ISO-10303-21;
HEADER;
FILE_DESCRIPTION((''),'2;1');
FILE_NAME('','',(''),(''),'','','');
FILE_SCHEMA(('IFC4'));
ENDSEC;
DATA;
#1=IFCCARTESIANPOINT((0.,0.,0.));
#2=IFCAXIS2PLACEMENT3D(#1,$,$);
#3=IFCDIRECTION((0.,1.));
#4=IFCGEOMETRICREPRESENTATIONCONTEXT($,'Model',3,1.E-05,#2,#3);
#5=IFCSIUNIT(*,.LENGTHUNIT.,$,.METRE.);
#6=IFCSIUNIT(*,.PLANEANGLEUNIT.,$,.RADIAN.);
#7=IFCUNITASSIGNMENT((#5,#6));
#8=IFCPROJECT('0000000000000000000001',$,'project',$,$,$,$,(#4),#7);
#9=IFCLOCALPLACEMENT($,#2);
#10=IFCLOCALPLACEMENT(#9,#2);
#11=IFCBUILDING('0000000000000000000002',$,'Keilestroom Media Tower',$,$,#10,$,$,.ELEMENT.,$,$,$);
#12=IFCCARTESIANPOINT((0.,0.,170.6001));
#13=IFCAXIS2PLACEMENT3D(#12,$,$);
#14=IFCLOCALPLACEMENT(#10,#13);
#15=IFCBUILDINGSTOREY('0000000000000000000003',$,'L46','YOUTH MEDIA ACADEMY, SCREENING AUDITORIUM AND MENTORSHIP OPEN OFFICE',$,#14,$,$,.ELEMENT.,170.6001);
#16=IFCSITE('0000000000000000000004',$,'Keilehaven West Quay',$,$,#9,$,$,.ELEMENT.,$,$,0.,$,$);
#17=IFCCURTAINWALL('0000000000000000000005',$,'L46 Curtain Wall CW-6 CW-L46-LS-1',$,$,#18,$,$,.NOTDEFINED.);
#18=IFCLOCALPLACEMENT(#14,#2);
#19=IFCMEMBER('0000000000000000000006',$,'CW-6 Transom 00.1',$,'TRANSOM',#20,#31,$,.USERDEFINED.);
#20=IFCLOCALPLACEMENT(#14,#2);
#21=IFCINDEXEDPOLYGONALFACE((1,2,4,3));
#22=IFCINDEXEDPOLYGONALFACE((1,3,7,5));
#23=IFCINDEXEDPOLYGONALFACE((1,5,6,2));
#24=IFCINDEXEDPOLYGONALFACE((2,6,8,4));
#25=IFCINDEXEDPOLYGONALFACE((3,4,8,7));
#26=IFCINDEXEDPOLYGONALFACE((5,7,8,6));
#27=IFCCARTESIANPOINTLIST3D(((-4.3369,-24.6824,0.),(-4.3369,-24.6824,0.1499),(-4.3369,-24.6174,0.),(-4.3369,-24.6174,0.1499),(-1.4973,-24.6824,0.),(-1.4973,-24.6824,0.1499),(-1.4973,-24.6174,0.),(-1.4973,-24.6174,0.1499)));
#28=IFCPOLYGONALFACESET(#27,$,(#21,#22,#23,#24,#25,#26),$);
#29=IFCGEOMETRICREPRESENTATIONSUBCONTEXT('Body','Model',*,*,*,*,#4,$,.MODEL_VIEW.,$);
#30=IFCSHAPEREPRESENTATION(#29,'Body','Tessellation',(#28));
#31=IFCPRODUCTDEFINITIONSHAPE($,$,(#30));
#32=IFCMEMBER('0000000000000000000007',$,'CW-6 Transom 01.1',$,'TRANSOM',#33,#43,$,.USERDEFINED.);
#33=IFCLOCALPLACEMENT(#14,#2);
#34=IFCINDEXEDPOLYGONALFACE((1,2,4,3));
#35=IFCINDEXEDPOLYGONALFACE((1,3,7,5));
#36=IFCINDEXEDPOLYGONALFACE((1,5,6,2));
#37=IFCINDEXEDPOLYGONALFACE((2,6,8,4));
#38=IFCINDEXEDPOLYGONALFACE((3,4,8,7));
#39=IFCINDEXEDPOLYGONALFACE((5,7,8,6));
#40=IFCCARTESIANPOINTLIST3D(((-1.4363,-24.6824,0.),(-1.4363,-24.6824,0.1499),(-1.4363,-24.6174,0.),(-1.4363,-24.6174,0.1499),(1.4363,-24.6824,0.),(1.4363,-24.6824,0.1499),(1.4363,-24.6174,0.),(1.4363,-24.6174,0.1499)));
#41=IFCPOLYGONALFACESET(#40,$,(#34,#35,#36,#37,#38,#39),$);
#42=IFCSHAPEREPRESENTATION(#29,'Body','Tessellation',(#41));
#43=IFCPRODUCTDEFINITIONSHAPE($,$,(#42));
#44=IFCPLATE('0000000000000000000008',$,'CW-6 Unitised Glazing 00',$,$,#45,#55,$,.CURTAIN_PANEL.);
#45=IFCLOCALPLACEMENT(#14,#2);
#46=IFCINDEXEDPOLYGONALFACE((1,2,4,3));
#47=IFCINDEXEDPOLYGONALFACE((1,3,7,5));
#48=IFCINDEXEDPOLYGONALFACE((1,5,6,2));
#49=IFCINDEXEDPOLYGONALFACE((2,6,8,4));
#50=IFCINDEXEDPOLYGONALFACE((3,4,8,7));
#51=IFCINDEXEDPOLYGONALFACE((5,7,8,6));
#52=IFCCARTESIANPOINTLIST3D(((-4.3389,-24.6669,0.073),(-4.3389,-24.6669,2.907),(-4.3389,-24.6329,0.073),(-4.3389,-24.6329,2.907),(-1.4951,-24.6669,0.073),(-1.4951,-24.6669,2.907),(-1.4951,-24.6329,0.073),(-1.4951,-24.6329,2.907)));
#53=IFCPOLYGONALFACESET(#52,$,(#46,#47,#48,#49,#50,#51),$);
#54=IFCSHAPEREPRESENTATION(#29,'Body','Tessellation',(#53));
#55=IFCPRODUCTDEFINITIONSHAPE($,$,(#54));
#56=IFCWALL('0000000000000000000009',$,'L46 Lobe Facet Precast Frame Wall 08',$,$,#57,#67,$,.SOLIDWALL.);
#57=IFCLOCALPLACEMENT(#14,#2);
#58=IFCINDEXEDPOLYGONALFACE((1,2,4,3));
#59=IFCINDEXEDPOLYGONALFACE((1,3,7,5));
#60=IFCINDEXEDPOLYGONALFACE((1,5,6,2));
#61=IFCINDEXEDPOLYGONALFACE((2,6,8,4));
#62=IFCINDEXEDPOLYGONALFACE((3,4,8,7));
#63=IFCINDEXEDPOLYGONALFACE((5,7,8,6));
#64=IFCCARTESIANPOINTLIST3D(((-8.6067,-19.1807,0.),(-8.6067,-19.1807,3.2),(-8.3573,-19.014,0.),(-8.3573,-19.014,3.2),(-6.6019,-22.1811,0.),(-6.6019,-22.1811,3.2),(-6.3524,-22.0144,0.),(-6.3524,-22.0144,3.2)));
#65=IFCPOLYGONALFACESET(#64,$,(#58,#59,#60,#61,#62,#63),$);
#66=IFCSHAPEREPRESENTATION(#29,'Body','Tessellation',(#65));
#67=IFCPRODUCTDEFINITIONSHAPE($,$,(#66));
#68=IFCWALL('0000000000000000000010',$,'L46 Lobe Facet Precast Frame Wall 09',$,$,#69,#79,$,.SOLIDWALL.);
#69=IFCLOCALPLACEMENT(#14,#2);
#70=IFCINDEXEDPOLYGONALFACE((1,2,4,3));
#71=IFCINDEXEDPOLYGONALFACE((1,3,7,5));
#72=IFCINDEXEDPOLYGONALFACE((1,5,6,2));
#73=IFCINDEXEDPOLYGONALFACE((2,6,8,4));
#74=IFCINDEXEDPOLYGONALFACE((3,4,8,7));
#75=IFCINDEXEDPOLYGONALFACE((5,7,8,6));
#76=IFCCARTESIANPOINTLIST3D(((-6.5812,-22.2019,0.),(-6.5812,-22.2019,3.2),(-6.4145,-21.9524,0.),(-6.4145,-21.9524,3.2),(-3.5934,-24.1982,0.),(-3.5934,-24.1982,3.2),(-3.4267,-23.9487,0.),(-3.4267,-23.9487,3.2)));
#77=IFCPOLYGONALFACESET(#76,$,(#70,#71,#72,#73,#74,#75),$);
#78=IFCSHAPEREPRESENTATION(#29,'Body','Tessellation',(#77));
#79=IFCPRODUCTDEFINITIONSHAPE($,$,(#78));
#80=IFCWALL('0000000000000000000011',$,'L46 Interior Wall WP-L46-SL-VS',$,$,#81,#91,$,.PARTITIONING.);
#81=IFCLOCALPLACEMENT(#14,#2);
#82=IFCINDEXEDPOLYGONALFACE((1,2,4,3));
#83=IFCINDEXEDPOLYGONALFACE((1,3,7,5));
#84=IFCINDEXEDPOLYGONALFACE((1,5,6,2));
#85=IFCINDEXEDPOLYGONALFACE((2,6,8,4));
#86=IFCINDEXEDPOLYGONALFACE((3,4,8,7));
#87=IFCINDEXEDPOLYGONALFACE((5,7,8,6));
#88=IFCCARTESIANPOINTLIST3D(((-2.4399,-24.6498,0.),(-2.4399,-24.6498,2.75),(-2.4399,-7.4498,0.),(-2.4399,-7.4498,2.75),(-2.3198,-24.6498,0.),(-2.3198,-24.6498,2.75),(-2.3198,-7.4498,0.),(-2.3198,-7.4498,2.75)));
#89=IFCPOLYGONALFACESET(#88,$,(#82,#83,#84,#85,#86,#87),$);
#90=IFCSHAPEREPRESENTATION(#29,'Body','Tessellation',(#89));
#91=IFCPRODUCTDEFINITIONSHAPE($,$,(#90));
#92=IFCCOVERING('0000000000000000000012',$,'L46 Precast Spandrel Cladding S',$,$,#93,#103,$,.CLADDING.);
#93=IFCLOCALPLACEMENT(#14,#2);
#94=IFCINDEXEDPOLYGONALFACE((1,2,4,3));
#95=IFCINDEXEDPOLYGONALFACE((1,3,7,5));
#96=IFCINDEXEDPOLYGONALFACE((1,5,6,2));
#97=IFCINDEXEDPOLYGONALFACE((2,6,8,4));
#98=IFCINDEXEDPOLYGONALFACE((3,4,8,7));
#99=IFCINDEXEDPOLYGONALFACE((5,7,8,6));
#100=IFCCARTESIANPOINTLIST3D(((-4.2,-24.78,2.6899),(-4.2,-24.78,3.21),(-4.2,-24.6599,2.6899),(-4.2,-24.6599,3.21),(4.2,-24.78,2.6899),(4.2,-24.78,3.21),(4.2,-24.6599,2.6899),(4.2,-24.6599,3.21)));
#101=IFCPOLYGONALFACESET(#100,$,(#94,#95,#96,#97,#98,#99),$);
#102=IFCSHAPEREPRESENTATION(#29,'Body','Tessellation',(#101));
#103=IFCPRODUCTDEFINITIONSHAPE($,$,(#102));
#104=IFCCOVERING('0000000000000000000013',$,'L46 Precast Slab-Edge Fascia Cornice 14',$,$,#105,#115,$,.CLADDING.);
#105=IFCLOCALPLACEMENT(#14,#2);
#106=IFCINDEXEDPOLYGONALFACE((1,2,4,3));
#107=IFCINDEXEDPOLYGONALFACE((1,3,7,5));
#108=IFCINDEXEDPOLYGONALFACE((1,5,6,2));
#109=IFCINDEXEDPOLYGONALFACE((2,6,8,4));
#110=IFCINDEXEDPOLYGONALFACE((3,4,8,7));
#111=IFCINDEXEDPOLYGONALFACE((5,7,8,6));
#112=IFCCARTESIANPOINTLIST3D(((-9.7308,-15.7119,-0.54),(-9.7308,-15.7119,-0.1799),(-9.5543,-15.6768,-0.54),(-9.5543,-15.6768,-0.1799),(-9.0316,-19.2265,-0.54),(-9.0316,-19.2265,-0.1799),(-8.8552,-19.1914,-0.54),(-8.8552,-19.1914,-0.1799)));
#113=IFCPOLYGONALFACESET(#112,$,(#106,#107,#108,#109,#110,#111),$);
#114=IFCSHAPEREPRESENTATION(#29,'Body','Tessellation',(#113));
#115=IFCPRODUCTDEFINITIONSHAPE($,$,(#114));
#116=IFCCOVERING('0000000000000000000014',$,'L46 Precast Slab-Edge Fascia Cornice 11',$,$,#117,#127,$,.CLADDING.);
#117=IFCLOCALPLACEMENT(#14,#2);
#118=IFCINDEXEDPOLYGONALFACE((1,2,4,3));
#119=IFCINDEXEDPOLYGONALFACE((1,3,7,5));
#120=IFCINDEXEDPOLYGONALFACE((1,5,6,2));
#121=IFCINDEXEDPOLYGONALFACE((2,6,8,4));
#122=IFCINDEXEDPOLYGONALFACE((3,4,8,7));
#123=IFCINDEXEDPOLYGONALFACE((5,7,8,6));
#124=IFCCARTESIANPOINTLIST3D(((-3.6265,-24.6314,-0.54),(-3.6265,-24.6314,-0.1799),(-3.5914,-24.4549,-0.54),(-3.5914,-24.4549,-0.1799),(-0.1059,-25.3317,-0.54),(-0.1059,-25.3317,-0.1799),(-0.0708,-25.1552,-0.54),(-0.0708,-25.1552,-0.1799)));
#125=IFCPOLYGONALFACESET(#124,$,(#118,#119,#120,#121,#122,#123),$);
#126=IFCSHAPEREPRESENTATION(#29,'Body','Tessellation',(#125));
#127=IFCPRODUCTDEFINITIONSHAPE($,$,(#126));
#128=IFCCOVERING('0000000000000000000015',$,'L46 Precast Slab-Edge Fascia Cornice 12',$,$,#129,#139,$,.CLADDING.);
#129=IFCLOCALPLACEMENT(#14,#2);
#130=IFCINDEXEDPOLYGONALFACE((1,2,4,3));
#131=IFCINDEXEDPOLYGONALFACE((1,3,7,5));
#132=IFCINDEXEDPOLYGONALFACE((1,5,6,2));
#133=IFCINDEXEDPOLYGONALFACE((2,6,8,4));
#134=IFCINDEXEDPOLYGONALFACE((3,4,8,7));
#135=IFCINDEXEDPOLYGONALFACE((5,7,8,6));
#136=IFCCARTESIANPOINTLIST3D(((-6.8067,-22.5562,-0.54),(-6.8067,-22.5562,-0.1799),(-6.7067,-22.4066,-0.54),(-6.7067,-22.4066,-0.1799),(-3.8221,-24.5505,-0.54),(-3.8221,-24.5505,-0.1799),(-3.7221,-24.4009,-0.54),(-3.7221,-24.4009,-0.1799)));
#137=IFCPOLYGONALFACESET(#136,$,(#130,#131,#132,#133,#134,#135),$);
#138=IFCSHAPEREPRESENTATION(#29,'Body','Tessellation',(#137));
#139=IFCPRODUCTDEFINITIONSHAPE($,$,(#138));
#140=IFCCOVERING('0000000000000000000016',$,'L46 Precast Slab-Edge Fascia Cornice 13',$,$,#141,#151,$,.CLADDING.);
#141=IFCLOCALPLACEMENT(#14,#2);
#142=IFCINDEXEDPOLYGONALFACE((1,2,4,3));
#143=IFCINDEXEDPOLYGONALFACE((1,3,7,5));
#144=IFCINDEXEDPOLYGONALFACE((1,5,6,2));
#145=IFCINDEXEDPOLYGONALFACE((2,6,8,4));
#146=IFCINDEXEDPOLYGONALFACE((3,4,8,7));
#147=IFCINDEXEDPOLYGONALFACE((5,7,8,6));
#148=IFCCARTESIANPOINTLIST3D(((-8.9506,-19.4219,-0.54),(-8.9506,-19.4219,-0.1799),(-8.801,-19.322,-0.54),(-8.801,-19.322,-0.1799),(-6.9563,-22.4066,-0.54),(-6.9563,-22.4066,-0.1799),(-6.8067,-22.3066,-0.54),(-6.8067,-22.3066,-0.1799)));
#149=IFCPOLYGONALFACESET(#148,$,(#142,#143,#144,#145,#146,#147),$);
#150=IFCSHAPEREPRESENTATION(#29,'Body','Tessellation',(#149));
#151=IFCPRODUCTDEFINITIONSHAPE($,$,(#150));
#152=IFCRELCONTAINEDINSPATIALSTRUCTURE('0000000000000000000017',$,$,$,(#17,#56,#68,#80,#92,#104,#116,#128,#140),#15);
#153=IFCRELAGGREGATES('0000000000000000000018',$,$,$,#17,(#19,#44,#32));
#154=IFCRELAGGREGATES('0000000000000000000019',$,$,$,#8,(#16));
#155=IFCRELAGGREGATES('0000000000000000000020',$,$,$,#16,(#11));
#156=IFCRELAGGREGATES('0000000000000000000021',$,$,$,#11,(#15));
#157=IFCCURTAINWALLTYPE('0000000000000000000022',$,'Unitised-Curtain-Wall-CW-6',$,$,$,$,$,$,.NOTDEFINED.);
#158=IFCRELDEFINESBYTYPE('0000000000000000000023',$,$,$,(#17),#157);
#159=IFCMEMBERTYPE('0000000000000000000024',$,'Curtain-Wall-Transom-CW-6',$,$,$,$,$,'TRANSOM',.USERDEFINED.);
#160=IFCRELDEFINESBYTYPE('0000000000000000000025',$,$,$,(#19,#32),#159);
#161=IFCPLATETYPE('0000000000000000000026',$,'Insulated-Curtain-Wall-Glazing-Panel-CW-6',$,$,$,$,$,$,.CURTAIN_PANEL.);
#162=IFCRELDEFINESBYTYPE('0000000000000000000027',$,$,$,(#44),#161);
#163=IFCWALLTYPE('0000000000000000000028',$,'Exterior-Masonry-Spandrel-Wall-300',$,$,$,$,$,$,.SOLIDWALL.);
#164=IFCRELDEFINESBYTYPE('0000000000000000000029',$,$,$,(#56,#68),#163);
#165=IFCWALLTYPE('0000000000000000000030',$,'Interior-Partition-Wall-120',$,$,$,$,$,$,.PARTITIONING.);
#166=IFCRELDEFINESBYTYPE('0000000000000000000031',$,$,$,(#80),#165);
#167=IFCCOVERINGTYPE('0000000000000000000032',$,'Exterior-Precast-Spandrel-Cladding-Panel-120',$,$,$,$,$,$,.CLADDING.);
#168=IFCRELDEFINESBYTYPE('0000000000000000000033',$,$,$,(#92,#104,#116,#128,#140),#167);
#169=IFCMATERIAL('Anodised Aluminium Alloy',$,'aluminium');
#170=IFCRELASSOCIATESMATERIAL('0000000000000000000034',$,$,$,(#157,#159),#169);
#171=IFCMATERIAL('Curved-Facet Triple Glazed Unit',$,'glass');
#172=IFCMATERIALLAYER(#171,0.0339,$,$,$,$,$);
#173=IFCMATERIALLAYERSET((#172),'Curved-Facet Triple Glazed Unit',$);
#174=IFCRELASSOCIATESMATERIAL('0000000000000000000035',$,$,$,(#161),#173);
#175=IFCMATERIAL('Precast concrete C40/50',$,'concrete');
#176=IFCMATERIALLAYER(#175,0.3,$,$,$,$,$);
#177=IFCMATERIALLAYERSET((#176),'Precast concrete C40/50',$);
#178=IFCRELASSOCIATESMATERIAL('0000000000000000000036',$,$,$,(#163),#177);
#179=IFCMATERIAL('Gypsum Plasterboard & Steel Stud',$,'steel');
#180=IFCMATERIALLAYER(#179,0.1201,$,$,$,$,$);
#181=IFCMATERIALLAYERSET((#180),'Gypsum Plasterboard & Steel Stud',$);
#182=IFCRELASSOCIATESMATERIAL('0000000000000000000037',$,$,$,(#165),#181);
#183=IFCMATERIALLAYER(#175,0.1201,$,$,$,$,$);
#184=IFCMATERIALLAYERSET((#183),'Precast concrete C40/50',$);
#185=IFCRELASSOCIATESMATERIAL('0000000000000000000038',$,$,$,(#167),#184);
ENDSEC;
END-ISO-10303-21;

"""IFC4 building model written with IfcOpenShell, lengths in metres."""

from ifc_helpers import new_model, si_unit, direction, frame, frame_2d, origin, origin_2d, place, context, subcontext, project, spatial, rectangle, extrude, source, transform, mapped, material, layer, layer_set, material_profile, profile_set, type_object, element, aggregate, save


model = new_model("IFC4")

# Units and contexts
model_context = context("Model", 3, precision=1e-05, world=origin(), true_north=direction((0.0, 1.0)))
body_context = subcontext(model_context, "Body", "Model", "MODEL_VIEW")
ifc_project = project(units=[si_unit("LENGTHUNIT", "METRE"), si_unit("PLANEANGLEUNIT", "RADIAN")], contexts=[model_context])

# Site, building, storey
site_placement = place(None, origin())
site = spatial("IfcSite", under=ifc_project, at=site_placement, Name="Keilehaven West Quay", CompositionType="ELEMENT", RefElevation=0.0)
building_placement = place(site_placement, origin())
building = spatial("IfcBuilding", under=site, at=building_placement, Name="Keilestroom Media Tower", CompositionType="ELEMENT")
storey_placement = place(building_placement, frame((0.0, 0.0, 170.6001)))
storey = spatial("IfcBuildingStorey", under=building, at=storey_placement, Name="L46", Description="YOUTH MEDIA ACADEMY, SCREENING AUDITORIUM AND MENTORSHIP OPEN OFFICE", CompositionType="ELEMENT", Elevation=170.6001)

# Curtain wall, members, plate
ifc_material_1 = material(Name="Anodised Aluminium Alloy", Category="aluminium")
curtain_wall_type = type_object("IfcCurtainWallType", Name="Unitised-Curtain-Wall-CW-6", PredefinedType="NOTDEFINED", material=ifc_material_1)
curtain_wall_placement = place(storey_placement, origin())
curtain_wall = element("IfcCurtainWall", 1, at=curtain_wall_placement, inside=storey, type_object=curtain_wall_type, Name="L46 Curtain Wall CW-6 CW-L46-LS-1", PredefinedType="NOTDEFINED")
ifc_material_profile_1 = material_profile(ifc_material_1, rectangle(XDim=0.0649, YDim=0.1499, at=origin_2d()), Name="ALU TRANSOM 65x150")
ifc_profile_set_1 = profile_set([ifc_material_profile_1], Name="Anodised Aluminium Alloy")
member_type_1 = type_object("IfcMemberType", Name="Curtain-Wall-Transom-CW-6", ElementType="TRANSOM", PredefinedType="USERDEFINED", material=ifc_profile_set_1)
shared_shape_1 = source(origin(), body_context, "Body", "SweptSolid", [
    extrude(rectangle(XDim=0.0649, YDim=0.1499, at=origin_2d()), origin(), (0.0, 0.0, 1.0), 2.8396),
])
member_1_placement = place(storey_placement, frame((-4.3369, -24.6499, 0.075), z_axis=(1.0, 0.0, 0.0), x_axis=(0.0, 1.0, 0.0)))
member_1 = element("IfcMember", 2, at=member_1_placement, type_object=member_type_1, Name="CW-6 Transom 00.1", ObjectType="TRANSOM", PredefinedType="USERDEFINED", context=body_context, shape_type="MappedRepresentation", body=[
    mapped(shared_shape_1, transform((0.0, 0.0, 0.0), x_axis=(1.0, 0.0, 0.0), y_axis=(0.0, 1.0, 0.0), z_axis=(0.0, 0.0, 1.0), scale=1.0)),
])
shared_shape_2 = source(origin(), body_context, "Body", "SweptSolid", [
    extrude(rectangle(XDim=0.0649, YDim=0.1499, at=origin_2d()), origin(), (0.0, 0.0, 1.0), 2.8726),
])
member_2_placement = place(storey_placement, frame((-1.4363, -24.6499, 0.075), z_axis=(1.0, 0.0, 0.0), x_axis=(0.0, 1.0, 0.0)))
member_2 = element("IfcMember", 3, at=member_2_placement, type_object=member_type_1, Name="CW-6 Transom 01.1", ObjectType="TRANSOM", PredefinedType="USERDEFINED", context=body_context, shape_type="MappedRepresentation", body=[
    mapped(shared_shape_2, transform((0.0, 0.0, 0.0), x_axis=(1.0, 0.0, 0.0), y_axis=(0.0, 1.0, 0.0), z_axis=(0.0, 0.0, 1.0), scale=1.0)),
])
ifc_material_2 = material(Name="Curved-Facet Triple Glazed Unit", Category="glass")
ifc_layer_1 = layer(ifc_material_2, 0.0339)
ifc_layer_set_1 = layer_set([ifc_layer_1], Name="Curved-Facet Triple Glazed Unit")
plate_type = type_object("IfcPlateType", Name="Insulated-Curtain-Wall-Glazing-Panel-CW-6", PredefinedType="CURTAIN_PANEL", material=ifc_layer_set_1)
shared_shape_3 = source(origin(), body_context, "Body", "SweptSolid", [
    extrude(rectangle(XDim=2.8438, YDim=0.0339, at=origin_2d()), origin(), (0.0, 0.0, 1.0), 2.834),
])
plate_placement = place(storey_placement, frame((-2.917, -24.6499, 0.073), z_axis=(0.0, 0.0, 1.0), x_axis=(1.0, 0.0, 0.0)))
plate = element("IfcPlate", 4, at=plate_placement, type_object=plate_type, Name="CW-6 Unitised Glazing 00", PredefinedType="CURTAIN_PANEL", context=body_context, shape_type="MappedRepresentation", body=[
    mapped(shared_shape_3, transform((0.0, 0.0, 0.0), x_axis=(1.0, 0.0, 0.0), y_axis=(0.0, 1.0, 0.0), z_axis=(0.0, 0.0, 1.0), scale=1.0)),
])
aggregate(curtain_wall, [member_1, plate, member_2])

# Walls
ifc_material_3 = material(Name="Precast concrete C40/50", Category="concrete")
ifc_layer_2 = layer(ifc_material_3, 0.3)
ifc_layer_set_2 = layer_set([ifc_layer_2], Name="Precast concrete C40/50")
wall_type_1 = type_object("IfcWallType", Name="Exterior-Masonry-Spandrel-Wall-300", PredefinedType="SOLIDWALL", material=ifc_layer_set_2)
wall_1_placement = place(storey_placement, frame((-8.4819, -19.0974, 0.0), z_axis=(0.0, 0.0, 1.0), x_axis=(0.555574, -0.831467, 0.0)))
element("IfcWall", 5, at=wall_1_placement, inside=storey, type_object=wall_type_1, Name="L46 Lobe Facet Precast Frame Wall 08", PredefinedType="SOLIDWALL", context=body_context, shape_type="SweptSolid", body=[
    extrude(rectangle(XDim=3.6086, YDim=0.3, at=frame_2d((1.8042, 0.0))), origin(), (0.0, 0.0, 1.0), 3.2),
])
wall_2_placement = place(storey_placement, frame((-6.4978, -22.0771, 0.0), z_axis=(0.0, 0.0, 1.0), x_axis=(0.831475, -0.555562, 0.0)))
element("IfcWall", 6, at=wall_2_placement, inside=storey, type_object=wall_type_1, Name="L46 Lobe Facet Precast Frame Wall 09", PredefinedType="SOLIDWALL", context=body_context, shape_type="SweptSolid", body=[
    extrude(rectangle(XDim=3.5933, YDim=0.3, at=frame_2d((1.7966, 0.0))), origin(), (0.0, 0.0, 1.0), 3.2),
])
ifc_material_4 = material(Name="Gypsum Plasterboard & Steel Stud", Category="steel")
ifc_layer_3 = layer(ifc_material_4, 0.1201)
ifc_layer_set_3 = layer_set([ifc_layer_3], Name="Gypsum Plasterboard & Steel Stud")
wall_type_2 = type_object("IfcWallType", Name="Interior-Partition-Wall-120", PredefinedType="PARTITIONING", material=ifc_layer_set_3)
wall_3_placement = place(storey_placement, frame((-2.3799, -24.6499, 0.0), z_axis=(0.0, 0.0, 1.0), x_axis=(0.0, 1.0, 0.0)))
element("IfcWall", 7, at=wall_3_placement, inside=storey, type_object=wall_type_2, Name="L46 Interior Wall WP-L46-SL-VS", PredefinedType="PARTITIONING", context=body_context, shape_type="SweptSolid", body=[
    extrude(rectangle(XDim=17.2, YDim=0.1201, at=frame_2d((8.6001, 0.0))), origin(), (0.0, 0.0, 1.0), 2.75),
])

# Coverings
ifc_layer_4 = layer(ifc_material_3, 0.1201)
ifc_layer_set_4 = layer_set([ifc_layer_4], Name="Precast concrete C40/50")
covering_type = type_object("IfcCoveringType", Name="Exterior-Precast-Spandrel-Cladding-Panel-120", PredefinedType="CLADDING", material=ifc_layer_set_4)
shared_shape_4 = source(origin(), body_context, "Body", "SweptSolid", [
    extrude(rectangle(XDim=8.3999, YDim=0.1201, at=origin_2d()), origin(), (0.0, 0.0, 1.0), 0.52),
])
covering_1_placement = place(storey_placement, frame((0.0, -24.72, 2.6899), z_axis=(0.0, 0.0, 1.0), x_axis=(1.0, 0.0, 0.0)))
element("IfcCovering", 8, at=covering_1_placement, inside=storey, type_object=covering_type, Name="L46 Precast Spandrel Cladding S", PredefinedType="CLADDING", context=body_context, shape_type="MappedRepresentation", body=[
    mapped(shared_shape_4, transform((0.0, 0.0, 0.0), x_axis=(1.0, 0.0, 0.0), y_axis=(0.0, 1.0, 0.0), z_axis=(0.0, 0.0, 1.0), scale=1.0)),
])
shared_shape_5 = source(origin(), body_context, "Body", "SweptSolid", [
    extrude(rectangle(XDim=3.5835, YDim=0.1799, at=origin_2d()), origin(), (0.0, 0.0, 1.0), 0.3601),
])
covering_2_placement = place(storey_placement, frame((-9.293, -17.4517, -0.54), z_axis=(0.0, 0.0, 1.0), x_axis=(-0.195099, 0.980784, 0.0)))
element("IfcCovering", 9, at=covering_2_placement, inside=storey, type_object=covering_type, Name="L46 Precast Slab-Edge Fascia Cornice 14", PredefinedType="CLADDING", context=body_context, shape_type="MappedRepresentation", body=[
    mapped(shared_shape_5, transform((0.0, 0.0, 0.0), x_axis=(1.0, 0.0, 0.0), y_axis=(0.0, 1.0, 0.0), z_axis=(0.0, 0.0, 1.0), scale=1.0)),
])
shared_shape_6 = source(origin(), body_context, "Body", "SweptSolid", [
    extrude(rectangle(XDim=3.5896, YDim=0.1799, at=origin_2d()), origin(), (0.0, 0.0, 1.0), 0.3601),
])
for number, where, z_axis, x_axis, name in (
    (10, (-1.8486, -24.8933, -0.54), (0.0, 0.0, 1.0), (-0.980784, 0.195099, 0.0), "L46 Precast Slab-Edge Fascia Cornice 11"),
    (11, (-5.2644, -23.4785, -0.54), (0.0, 0.0, 1.0), (-0.831467, 0.555575, 0.0), "L46 Precast Slab-Edge Fascia Cornice 12"),
    (12, (-7.8787, -20.8643, -0.54), (0.0, 0.0, 1.0), (-0.555575, 0.831467, 0.0), "L46 Precast Slab-Edge Fascia Cornice 13"),
):
    element("IfcCovering", number, at=place(storey_placement, frame(where, z_axis=z_axis, x_axis=x_axis)), inside=storey, type_object=covering_type, Name=name, PredefinedType="CLADDING", context=body_context, shape_type="MappedRepresentation", body=[
        mapped(shared_shape_6, transform((0.0, 0.0, 0.0), x_axis=(1.0, 0.0, 0.0), y_axis=(0.0, 1.0, 0.0), z_axis=(0.0, 0.0, 1.0), scale=1.0)),
    ])

save(model, "model.ifc")
